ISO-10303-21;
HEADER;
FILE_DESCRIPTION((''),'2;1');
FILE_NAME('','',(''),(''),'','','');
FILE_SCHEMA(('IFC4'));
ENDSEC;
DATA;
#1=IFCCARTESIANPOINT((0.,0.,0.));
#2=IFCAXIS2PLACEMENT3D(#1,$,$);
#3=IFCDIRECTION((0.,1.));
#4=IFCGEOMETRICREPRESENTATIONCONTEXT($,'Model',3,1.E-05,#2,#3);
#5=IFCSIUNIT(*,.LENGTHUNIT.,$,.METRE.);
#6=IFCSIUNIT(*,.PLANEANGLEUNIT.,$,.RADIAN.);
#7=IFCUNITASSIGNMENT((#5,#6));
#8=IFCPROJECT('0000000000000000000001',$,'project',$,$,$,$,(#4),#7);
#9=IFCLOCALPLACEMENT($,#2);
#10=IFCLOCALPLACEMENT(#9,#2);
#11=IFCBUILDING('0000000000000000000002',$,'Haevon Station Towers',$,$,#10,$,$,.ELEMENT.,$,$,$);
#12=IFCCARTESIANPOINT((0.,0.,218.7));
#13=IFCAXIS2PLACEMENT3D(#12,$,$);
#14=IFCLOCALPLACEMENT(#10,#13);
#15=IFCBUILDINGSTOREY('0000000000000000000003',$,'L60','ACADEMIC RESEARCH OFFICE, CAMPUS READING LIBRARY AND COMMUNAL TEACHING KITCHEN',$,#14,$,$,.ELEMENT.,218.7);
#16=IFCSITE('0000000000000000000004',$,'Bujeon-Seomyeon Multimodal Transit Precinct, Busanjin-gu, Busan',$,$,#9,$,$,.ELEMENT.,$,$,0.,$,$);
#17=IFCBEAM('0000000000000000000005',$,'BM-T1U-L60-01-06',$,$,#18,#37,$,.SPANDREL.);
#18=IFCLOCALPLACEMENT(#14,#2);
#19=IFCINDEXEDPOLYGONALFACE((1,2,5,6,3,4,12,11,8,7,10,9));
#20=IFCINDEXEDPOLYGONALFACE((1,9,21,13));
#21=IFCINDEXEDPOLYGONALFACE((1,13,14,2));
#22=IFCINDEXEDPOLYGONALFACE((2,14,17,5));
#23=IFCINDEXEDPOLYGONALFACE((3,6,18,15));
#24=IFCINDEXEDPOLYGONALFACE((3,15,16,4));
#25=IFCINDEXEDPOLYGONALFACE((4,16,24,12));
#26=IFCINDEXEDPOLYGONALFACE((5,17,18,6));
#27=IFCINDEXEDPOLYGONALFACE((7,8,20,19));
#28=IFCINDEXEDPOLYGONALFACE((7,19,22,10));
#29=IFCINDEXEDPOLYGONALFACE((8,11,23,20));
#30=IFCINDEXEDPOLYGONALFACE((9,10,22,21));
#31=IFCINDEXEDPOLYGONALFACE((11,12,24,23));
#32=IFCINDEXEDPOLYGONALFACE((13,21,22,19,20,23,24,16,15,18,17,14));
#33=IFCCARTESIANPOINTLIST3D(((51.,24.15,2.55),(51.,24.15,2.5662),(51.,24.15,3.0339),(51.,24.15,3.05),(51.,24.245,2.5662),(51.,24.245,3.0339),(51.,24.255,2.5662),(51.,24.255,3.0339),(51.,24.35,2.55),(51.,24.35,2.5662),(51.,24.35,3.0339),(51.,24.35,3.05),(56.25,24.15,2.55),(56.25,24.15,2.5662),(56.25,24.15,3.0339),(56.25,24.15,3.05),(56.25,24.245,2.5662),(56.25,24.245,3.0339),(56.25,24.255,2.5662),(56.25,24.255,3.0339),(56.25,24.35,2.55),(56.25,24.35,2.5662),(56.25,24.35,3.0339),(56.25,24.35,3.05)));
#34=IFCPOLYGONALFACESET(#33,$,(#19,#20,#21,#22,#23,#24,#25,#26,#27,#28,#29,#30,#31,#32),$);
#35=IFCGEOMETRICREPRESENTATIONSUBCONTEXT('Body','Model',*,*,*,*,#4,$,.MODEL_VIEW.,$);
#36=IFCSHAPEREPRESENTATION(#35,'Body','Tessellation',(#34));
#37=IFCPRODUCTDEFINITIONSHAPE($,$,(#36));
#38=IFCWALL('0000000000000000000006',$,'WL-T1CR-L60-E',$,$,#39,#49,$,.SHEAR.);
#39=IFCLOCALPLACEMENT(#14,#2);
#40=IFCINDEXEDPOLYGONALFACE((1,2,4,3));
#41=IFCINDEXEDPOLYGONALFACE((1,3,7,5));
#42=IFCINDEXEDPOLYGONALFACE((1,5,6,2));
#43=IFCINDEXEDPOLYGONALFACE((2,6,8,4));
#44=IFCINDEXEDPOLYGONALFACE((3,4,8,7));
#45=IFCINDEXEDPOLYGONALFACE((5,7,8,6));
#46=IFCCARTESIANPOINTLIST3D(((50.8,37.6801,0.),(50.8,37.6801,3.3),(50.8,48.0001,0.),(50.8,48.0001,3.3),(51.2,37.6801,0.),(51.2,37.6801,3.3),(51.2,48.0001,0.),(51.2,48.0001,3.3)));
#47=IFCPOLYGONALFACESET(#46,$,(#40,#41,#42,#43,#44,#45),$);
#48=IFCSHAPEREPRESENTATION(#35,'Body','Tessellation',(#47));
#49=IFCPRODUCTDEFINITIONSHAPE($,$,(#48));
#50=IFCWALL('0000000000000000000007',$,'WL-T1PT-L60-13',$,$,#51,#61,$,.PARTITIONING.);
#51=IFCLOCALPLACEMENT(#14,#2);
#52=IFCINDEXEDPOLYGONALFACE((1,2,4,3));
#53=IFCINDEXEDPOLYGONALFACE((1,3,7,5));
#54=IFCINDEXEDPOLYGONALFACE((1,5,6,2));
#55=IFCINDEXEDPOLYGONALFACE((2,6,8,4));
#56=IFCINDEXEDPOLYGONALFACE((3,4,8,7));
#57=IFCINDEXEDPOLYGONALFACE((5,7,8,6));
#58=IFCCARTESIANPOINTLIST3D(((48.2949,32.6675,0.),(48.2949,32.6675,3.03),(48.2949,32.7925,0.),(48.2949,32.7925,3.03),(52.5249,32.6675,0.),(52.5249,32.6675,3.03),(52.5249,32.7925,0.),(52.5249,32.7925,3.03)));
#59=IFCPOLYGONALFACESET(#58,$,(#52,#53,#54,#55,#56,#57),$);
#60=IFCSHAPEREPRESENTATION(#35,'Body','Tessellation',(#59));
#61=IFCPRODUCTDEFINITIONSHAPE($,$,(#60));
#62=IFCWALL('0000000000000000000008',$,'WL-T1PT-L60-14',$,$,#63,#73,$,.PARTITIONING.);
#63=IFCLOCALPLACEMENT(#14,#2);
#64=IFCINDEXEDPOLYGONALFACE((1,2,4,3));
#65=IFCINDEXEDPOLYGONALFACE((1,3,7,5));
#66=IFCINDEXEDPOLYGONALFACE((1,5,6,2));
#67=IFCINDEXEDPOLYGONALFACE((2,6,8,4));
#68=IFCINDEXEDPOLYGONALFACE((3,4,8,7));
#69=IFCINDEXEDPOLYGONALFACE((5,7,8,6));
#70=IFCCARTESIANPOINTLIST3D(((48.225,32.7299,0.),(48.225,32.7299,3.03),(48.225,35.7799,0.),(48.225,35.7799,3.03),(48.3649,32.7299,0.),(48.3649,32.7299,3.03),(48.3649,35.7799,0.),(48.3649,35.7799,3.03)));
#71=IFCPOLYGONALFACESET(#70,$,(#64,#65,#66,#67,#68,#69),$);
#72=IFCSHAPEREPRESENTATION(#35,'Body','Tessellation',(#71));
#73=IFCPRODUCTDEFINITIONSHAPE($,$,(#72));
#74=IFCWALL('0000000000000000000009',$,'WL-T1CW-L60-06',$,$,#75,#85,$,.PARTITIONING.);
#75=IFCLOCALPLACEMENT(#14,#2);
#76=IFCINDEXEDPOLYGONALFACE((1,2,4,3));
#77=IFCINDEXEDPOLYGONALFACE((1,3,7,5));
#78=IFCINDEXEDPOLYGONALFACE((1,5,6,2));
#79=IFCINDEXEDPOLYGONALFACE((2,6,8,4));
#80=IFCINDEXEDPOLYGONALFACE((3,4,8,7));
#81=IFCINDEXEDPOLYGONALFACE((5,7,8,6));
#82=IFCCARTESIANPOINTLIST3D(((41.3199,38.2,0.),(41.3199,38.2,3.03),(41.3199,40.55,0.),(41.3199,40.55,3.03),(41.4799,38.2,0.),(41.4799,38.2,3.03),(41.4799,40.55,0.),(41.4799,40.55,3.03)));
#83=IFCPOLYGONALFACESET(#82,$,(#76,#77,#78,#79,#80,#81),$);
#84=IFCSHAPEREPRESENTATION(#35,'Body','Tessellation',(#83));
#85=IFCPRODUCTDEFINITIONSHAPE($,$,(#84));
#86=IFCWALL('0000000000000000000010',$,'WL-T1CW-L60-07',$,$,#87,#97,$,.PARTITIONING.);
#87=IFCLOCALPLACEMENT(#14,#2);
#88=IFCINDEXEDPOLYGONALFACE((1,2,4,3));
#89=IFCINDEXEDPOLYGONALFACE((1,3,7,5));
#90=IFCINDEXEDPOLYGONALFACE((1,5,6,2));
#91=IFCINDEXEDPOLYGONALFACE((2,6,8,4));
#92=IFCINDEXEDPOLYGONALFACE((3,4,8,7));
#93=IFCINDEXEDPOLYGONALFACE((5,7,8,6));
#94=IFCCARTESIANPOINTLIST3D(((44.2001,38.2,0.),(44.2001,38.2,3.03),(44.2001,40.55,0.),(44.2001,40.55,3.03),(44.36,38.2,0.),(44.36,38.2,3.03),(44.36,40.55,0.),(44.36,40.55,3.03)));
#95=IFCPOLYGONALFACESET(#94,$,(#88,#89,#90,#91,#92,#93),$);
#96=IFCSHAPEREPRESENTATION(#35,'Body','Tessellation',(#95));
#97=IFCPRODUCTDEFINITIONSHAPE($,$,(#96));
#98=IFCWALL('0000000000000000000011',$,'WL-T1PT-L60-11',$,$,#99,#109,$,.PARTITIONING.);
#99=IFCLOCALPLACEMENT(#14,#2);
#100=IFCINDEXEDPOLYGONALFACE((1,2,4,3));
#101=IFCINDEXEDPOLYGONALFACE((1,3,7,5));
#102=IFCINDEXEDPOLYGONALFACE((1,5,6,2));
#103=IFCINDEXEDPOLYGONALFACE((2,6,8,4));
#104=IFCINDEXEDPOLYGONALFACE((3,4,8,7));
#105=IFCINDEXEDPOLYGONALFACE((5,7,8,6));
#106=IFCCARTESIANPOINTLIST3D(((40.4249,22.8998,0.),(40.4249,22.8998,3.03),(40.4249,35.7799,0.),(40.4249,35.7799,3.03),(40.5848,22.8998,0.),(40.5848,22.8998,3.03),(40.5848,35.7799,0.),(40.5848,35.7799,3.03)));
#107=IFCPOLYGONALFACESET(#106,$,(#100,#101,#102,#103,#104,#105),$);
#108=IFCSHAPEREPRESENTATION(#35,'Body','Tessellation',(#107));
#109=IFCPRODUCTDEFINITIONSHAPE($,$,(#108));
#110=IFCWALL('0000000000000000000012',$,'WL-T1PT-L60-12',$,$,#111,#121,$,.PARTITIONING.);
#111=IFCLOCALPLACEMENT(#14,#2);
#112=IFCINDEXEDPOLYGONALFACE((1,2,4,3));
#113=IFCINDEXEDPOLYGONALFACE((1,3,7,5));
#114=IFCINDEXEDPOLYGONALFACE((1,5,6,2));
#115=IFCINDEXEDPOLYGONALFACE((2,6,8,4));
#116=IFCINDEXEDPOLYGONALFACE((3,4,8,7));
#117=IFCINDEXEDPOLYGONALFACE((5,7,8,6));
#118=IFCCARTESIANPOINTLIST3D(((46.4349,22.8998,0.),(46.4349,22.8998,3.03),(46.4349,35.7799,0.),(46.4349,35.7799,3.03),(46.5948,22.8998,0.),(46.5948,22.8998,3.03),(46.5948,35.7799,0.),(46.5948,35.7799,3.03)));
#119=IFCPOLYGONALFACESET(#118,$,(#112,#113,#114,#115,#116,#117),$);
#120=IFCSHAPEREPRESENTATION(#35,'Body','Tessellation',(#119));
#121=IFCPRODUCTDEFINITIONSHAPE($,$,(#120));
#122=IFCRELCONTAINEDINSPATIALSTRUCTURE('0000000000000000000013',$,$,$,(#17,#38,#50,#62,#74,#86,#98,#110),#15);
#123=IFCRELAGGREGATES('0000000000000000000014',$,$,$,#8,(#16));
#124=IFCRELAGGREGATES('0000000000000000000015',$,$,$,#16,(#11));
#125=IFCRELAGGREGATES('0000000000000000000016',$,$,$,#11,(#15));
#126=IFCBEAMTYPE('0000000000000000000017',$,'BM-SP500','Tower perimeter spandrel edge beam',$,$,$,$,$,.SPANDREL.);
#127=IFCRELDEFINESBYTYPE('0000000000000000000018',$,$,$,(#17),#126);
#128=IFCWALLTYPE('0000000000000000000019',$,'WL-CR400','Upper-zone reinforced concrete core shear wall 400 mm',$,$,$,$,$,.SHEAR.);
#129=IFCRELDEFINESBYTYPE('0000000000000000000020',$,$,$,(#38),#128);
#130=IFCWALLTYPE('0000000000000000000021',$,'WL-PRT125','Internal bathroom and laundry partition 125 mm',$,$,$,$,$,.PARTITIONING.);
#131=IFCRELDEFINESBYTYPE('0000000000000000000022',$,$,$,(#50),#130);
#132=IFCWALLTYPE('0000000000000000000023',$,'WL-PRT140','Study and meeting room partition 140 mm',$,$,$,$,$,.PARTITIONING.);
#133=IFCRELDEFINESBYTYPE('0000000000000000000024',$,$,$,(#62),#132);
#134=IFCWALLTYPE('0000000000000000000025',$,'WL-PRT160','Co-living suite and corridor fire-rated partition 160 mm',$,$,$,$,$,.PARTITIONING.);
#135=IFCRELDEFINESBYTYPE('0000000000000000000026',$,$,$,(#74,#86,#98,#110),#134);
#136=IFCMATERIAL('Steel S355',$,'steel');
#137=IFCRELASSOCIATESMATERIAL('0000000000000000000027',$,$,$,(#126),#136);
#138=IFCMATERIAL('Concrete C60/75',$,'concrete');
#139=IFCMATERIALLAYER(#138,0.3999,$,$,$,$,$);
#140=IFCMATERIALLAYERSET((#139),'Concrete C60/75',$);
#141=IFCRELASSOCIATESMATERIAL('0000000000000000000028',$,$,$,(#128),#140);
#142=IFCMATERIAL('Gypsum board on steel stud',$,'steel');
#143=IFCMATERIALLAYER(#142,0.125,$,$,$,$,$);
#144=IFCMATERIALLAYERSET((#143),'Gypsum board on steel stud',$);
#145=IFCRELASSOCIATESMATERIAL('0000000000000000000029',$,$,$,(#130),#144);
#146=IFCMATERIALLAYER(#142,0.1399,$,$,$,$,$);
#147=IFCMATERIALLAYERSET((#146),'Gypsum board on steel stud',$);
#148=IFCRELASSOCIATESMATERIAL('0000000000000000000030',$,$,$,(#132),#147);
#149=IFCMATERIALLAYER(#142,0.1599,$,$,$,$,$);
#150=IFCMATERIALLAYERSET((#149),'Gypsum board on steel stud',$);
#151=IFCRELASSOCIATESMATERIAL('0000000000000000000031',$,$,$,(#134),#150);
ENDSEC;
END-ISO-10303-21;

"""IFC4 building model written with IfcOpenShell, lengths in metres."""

from ifc_helpers import new_model, si_unit, direction, frame, frame_2d, origin, origin_2d, place, context, subcontext, project, spatial, rectangle, i_section, extrude, material, layer, layer_set, material_profile, profile_set, type_object, element, save


model = new_model("IFC4")

# Units and contexts
model_context = context("Model", 3, precision=1e-05, world=origin(), true_north=direction((0.0, 1.0)))
body_context = subcontext(model_context, "Body", "Model", "MODEL_VIEW")
ifc_project = project(units=[si_unit("LENGTHUNIT", "METRE"), si_unit("PLANEANGLEUNIT", "RADIAN")], contexts=[model_context])

# Site, building, storey
site_placement = place(None, origin())
site = spatial("IfcSite", under=ifc_project, at=site_placement, Name="Bujeon-Seomyeon Multimodal Transit Precinct, Busanjin-gu, Busan", CompositionType="ELEMENT", RefElevation=0.0)
building_placement = place(site_placement, origin())
building = spatial("IfcBuilding", under=site, at=building_placement, Name="Haevon Station Towers", CompositionType="ELEMENT")
storey_placement = place(building_placement, frame((0.0, 0.0, 218.7)))
storey = spatial("IfcBuildingStorey", under=building, at=storey_placement, Name="L60", Description="ACADEMIC RESEARCH OFFICE, CAMPUS READING LIBRARY AND COMMUNAL TEACHING KITCHEN", CompositionType="ELEMENT", Elevation=218.7)

# Shared definitions
ifc_material_1 = material(Name="Steel S355", Category="steel")

# Beam
ifc_material_profile_1 = material_profile(ifc_material_1, i_section(OverallWidth=0.2, OverallDepth=0.5, WebThickness=0.01, FlangeThickness=0.0161, at=origin_2d()), Name="H-500x200x10x16")
ifc_profile_set_1 = profile_set([ifc_material_profile_1], Name="Steel S355")
beam_type_1 = type_object("IfcBeamType", Name="BM-SP500", Description="Tower perimeter spandrel edge beam", PredefinedType="SPANDREL", material=ifc_profile_set_1)
beam_1_placement = place(storey_placement, frame((51.0, 24.25, 2.8), z_axis=(1.0, 0.0, 0.0), x_axis=(0.0, 1.0, 0.0)))
element("IfcBeam", 1, at=beam_1_placement, inside=storey, type_object=beam_type_1, Name="BM-T1U-L60-01-06", PredefinedType="SPANDREL", context=body_context, shape_type="SweptSolid", body=[
    extrude(i_section(OverallWidth=0.2, OverallDepth=0.5, WebThickness=0.01, FlangeThickness=0.0161, at=origin_2d()), origin(), (0.0, 0.0, 1.0), 5.25),
])

# Walls
ifc_material_2 = material(Name="Concrete C60/75", Category="concrete")
ifc_layer_1 = layer(ifc_material_2, 0.3999)
ifc_layer_set_1 = layer_set([ifc_layer_1], Name="Concrete C60/75")
wall_type_1 = type_object("IfcWallType", Name="WL-CR400", Description="Upper-zone reinforced concrete core shear wall 400 mm", PredefinedType="SHEAR", material=ifc_layer_set_1)
wall_1_placement = place(storey_placement, frame((51.0, 37.6799, 0.0), z_axis=(0.0, 0.0, 1.0), x_axis=(0.0, 1.0, 0.0)))
element("IfcWall", 2, at=wall_1_placement, inside=storey, type_object=wall_type_1, Name="WL-T1CR-L60-E", PredefinedType="SHEAR", context=body_context, shape_type="SweptSolid", body=[
    extrude(rectangle(XDim=10.3201, YDim=0.3999, at=frame_2d((5.1602, 0.0))), origin(), (0.0, 0.0, 1.0), 3.3),
])
ifc_material_3 = material(Name="Gypsum board on steel stud", Category="steel")
ifc_layer_2 = layer(ifc_material_3, 0.125)
ifc_layer_set_2 = layer_set([ifc_layer_2], Name="Gypsum board on steel stud")
wall_type_2 = type_object("IfcWallType", Name="WL-PRT125", Description="Internal bathroom and laundry partition 125 mm", PredefinedType="PARTITIONING", material=ifc_layer_set_2)
wall_2_placement = place(storey_placement, frame((48.2949, 32.73, 0.0), z_axis=(0.0, 0.0, 1.0), x_axis=(1.0, 0.0, 0.0)))
element("IfcWall", 3, at=wall_2_placement, inside=storey, type_object=wall_type_2, Name="WL-T1PT-L60-13", PredefinedType="PARTITIONING", context=body_context, shape_type="SweptSolid", body=[
    extrude(rectangle(XDim=4.23, YDim=0.125, at=frame_2d((2.115, 0.0))), origin(), (0.0, 0.0, 1.0), 3.03),
])
ifc_layer_3 = layer(ifc_material_3, 0.1399)
ifc_layer_set_3 = layer_set([ifc_layer_3], Name="Gypsum board on steel stud")
wall_type_3 = type_object("IfcWallType", Name="WL-PRT140", Description="Study and meeting room partition 140 mm", PredefinedType="PARTITIONING", material=ifc_layer_set_3)
wall_3_placement = place(storey_placement, frame((48.2949, 32.73, 0.0), z_axis=(0.0, 0.0, 1.0), x_axis=(0.0, 1.0, 0.0)))
element("IfcWall", 4, at=wall_3_placement, inside=storey, type_object=wall_type_3, Name="WL-T1PT-L60-14", PredefinedType="PARTITIONING", context=body_context, shape_type="SweptSolid", body=[
    extrude(rectangle(XDim=3.05, YDim=0.1399, at=frame_2d((1.5249, 0.0))), origin(), (0.0, 0.0, 1.0), 3.03),
])
ifc_layer_4 = layer(ifc_material_3, 0.1599)
ifc_layer_set_4 = layer_set([ifc_layer_4], Name="Gypsum board on steel stud")
wall_type_4 = type_object("IfcWallType", Name="WL-PRT160", Description="Co-living suite and corridor fire-rated partition 160 mm", PredefinedType="PARTITIONING", material=ifc_layer_set_4)
for number, where, z_axis, x_axis, name in (
    (5, (41.3999, 38.2, 0.0), (0.0, 0.0, 1.0), (0.0, 1.0, 0.0), "WL-T1CW-L60-06"),
    (6, (44.28, 38.2, 0.0), (0.0, 0.0, 1.0), (0.0, 1.0, 0.0), "WL-T1CW-L60-07"),
):
    element("IfcWall", number, at=place(storey_placement, frame(where, z_axis=z_axis, x_axis=x_axis)), inside=storey, type_object=wall_type_4, Name=name, PredefinedType="PARTITIONING", context=body_context, shape_type="SweptSolid", body=[
        extrude(rectangle(XDim=2.3501, YDim=0.1599, at=frame_2d((1.175, 0.0))), origin(), (0.0, 0.0, 1.0), 3.03),
    ])
for number, where, z_axis, x_axis, name in (
    (7, (40.5049, 22.8999, 0.0), (0.0, 0.0, 1.0), (0.0, 1.0, 0.0), "WL-T1PT-L60-11"),
    (8, (46.5149, 22.8999, 0.0), (0.0, 0.0, 1.0), (0.0, 1.0, 0.0), "WL-T1PT-L60-12"),
):
    element("IfcWall", number, at=place(storey_placement, frame(where, z_axis=z_axis, x_axis=x_axis)), inside=storey, type_object=wall_type_4, Name=name, PredefinedType="PARTITIONING", context=body_context, shape_type="SweptSolid", body=[
        extrude(rectangle(XDim=12.8801, YDim=0.1599, at=frame_2d((6.4399, 0.0))), origin(), (0.0, 0.0, 1.0), 3.03),
    ])

save(model, "model.ifc")
